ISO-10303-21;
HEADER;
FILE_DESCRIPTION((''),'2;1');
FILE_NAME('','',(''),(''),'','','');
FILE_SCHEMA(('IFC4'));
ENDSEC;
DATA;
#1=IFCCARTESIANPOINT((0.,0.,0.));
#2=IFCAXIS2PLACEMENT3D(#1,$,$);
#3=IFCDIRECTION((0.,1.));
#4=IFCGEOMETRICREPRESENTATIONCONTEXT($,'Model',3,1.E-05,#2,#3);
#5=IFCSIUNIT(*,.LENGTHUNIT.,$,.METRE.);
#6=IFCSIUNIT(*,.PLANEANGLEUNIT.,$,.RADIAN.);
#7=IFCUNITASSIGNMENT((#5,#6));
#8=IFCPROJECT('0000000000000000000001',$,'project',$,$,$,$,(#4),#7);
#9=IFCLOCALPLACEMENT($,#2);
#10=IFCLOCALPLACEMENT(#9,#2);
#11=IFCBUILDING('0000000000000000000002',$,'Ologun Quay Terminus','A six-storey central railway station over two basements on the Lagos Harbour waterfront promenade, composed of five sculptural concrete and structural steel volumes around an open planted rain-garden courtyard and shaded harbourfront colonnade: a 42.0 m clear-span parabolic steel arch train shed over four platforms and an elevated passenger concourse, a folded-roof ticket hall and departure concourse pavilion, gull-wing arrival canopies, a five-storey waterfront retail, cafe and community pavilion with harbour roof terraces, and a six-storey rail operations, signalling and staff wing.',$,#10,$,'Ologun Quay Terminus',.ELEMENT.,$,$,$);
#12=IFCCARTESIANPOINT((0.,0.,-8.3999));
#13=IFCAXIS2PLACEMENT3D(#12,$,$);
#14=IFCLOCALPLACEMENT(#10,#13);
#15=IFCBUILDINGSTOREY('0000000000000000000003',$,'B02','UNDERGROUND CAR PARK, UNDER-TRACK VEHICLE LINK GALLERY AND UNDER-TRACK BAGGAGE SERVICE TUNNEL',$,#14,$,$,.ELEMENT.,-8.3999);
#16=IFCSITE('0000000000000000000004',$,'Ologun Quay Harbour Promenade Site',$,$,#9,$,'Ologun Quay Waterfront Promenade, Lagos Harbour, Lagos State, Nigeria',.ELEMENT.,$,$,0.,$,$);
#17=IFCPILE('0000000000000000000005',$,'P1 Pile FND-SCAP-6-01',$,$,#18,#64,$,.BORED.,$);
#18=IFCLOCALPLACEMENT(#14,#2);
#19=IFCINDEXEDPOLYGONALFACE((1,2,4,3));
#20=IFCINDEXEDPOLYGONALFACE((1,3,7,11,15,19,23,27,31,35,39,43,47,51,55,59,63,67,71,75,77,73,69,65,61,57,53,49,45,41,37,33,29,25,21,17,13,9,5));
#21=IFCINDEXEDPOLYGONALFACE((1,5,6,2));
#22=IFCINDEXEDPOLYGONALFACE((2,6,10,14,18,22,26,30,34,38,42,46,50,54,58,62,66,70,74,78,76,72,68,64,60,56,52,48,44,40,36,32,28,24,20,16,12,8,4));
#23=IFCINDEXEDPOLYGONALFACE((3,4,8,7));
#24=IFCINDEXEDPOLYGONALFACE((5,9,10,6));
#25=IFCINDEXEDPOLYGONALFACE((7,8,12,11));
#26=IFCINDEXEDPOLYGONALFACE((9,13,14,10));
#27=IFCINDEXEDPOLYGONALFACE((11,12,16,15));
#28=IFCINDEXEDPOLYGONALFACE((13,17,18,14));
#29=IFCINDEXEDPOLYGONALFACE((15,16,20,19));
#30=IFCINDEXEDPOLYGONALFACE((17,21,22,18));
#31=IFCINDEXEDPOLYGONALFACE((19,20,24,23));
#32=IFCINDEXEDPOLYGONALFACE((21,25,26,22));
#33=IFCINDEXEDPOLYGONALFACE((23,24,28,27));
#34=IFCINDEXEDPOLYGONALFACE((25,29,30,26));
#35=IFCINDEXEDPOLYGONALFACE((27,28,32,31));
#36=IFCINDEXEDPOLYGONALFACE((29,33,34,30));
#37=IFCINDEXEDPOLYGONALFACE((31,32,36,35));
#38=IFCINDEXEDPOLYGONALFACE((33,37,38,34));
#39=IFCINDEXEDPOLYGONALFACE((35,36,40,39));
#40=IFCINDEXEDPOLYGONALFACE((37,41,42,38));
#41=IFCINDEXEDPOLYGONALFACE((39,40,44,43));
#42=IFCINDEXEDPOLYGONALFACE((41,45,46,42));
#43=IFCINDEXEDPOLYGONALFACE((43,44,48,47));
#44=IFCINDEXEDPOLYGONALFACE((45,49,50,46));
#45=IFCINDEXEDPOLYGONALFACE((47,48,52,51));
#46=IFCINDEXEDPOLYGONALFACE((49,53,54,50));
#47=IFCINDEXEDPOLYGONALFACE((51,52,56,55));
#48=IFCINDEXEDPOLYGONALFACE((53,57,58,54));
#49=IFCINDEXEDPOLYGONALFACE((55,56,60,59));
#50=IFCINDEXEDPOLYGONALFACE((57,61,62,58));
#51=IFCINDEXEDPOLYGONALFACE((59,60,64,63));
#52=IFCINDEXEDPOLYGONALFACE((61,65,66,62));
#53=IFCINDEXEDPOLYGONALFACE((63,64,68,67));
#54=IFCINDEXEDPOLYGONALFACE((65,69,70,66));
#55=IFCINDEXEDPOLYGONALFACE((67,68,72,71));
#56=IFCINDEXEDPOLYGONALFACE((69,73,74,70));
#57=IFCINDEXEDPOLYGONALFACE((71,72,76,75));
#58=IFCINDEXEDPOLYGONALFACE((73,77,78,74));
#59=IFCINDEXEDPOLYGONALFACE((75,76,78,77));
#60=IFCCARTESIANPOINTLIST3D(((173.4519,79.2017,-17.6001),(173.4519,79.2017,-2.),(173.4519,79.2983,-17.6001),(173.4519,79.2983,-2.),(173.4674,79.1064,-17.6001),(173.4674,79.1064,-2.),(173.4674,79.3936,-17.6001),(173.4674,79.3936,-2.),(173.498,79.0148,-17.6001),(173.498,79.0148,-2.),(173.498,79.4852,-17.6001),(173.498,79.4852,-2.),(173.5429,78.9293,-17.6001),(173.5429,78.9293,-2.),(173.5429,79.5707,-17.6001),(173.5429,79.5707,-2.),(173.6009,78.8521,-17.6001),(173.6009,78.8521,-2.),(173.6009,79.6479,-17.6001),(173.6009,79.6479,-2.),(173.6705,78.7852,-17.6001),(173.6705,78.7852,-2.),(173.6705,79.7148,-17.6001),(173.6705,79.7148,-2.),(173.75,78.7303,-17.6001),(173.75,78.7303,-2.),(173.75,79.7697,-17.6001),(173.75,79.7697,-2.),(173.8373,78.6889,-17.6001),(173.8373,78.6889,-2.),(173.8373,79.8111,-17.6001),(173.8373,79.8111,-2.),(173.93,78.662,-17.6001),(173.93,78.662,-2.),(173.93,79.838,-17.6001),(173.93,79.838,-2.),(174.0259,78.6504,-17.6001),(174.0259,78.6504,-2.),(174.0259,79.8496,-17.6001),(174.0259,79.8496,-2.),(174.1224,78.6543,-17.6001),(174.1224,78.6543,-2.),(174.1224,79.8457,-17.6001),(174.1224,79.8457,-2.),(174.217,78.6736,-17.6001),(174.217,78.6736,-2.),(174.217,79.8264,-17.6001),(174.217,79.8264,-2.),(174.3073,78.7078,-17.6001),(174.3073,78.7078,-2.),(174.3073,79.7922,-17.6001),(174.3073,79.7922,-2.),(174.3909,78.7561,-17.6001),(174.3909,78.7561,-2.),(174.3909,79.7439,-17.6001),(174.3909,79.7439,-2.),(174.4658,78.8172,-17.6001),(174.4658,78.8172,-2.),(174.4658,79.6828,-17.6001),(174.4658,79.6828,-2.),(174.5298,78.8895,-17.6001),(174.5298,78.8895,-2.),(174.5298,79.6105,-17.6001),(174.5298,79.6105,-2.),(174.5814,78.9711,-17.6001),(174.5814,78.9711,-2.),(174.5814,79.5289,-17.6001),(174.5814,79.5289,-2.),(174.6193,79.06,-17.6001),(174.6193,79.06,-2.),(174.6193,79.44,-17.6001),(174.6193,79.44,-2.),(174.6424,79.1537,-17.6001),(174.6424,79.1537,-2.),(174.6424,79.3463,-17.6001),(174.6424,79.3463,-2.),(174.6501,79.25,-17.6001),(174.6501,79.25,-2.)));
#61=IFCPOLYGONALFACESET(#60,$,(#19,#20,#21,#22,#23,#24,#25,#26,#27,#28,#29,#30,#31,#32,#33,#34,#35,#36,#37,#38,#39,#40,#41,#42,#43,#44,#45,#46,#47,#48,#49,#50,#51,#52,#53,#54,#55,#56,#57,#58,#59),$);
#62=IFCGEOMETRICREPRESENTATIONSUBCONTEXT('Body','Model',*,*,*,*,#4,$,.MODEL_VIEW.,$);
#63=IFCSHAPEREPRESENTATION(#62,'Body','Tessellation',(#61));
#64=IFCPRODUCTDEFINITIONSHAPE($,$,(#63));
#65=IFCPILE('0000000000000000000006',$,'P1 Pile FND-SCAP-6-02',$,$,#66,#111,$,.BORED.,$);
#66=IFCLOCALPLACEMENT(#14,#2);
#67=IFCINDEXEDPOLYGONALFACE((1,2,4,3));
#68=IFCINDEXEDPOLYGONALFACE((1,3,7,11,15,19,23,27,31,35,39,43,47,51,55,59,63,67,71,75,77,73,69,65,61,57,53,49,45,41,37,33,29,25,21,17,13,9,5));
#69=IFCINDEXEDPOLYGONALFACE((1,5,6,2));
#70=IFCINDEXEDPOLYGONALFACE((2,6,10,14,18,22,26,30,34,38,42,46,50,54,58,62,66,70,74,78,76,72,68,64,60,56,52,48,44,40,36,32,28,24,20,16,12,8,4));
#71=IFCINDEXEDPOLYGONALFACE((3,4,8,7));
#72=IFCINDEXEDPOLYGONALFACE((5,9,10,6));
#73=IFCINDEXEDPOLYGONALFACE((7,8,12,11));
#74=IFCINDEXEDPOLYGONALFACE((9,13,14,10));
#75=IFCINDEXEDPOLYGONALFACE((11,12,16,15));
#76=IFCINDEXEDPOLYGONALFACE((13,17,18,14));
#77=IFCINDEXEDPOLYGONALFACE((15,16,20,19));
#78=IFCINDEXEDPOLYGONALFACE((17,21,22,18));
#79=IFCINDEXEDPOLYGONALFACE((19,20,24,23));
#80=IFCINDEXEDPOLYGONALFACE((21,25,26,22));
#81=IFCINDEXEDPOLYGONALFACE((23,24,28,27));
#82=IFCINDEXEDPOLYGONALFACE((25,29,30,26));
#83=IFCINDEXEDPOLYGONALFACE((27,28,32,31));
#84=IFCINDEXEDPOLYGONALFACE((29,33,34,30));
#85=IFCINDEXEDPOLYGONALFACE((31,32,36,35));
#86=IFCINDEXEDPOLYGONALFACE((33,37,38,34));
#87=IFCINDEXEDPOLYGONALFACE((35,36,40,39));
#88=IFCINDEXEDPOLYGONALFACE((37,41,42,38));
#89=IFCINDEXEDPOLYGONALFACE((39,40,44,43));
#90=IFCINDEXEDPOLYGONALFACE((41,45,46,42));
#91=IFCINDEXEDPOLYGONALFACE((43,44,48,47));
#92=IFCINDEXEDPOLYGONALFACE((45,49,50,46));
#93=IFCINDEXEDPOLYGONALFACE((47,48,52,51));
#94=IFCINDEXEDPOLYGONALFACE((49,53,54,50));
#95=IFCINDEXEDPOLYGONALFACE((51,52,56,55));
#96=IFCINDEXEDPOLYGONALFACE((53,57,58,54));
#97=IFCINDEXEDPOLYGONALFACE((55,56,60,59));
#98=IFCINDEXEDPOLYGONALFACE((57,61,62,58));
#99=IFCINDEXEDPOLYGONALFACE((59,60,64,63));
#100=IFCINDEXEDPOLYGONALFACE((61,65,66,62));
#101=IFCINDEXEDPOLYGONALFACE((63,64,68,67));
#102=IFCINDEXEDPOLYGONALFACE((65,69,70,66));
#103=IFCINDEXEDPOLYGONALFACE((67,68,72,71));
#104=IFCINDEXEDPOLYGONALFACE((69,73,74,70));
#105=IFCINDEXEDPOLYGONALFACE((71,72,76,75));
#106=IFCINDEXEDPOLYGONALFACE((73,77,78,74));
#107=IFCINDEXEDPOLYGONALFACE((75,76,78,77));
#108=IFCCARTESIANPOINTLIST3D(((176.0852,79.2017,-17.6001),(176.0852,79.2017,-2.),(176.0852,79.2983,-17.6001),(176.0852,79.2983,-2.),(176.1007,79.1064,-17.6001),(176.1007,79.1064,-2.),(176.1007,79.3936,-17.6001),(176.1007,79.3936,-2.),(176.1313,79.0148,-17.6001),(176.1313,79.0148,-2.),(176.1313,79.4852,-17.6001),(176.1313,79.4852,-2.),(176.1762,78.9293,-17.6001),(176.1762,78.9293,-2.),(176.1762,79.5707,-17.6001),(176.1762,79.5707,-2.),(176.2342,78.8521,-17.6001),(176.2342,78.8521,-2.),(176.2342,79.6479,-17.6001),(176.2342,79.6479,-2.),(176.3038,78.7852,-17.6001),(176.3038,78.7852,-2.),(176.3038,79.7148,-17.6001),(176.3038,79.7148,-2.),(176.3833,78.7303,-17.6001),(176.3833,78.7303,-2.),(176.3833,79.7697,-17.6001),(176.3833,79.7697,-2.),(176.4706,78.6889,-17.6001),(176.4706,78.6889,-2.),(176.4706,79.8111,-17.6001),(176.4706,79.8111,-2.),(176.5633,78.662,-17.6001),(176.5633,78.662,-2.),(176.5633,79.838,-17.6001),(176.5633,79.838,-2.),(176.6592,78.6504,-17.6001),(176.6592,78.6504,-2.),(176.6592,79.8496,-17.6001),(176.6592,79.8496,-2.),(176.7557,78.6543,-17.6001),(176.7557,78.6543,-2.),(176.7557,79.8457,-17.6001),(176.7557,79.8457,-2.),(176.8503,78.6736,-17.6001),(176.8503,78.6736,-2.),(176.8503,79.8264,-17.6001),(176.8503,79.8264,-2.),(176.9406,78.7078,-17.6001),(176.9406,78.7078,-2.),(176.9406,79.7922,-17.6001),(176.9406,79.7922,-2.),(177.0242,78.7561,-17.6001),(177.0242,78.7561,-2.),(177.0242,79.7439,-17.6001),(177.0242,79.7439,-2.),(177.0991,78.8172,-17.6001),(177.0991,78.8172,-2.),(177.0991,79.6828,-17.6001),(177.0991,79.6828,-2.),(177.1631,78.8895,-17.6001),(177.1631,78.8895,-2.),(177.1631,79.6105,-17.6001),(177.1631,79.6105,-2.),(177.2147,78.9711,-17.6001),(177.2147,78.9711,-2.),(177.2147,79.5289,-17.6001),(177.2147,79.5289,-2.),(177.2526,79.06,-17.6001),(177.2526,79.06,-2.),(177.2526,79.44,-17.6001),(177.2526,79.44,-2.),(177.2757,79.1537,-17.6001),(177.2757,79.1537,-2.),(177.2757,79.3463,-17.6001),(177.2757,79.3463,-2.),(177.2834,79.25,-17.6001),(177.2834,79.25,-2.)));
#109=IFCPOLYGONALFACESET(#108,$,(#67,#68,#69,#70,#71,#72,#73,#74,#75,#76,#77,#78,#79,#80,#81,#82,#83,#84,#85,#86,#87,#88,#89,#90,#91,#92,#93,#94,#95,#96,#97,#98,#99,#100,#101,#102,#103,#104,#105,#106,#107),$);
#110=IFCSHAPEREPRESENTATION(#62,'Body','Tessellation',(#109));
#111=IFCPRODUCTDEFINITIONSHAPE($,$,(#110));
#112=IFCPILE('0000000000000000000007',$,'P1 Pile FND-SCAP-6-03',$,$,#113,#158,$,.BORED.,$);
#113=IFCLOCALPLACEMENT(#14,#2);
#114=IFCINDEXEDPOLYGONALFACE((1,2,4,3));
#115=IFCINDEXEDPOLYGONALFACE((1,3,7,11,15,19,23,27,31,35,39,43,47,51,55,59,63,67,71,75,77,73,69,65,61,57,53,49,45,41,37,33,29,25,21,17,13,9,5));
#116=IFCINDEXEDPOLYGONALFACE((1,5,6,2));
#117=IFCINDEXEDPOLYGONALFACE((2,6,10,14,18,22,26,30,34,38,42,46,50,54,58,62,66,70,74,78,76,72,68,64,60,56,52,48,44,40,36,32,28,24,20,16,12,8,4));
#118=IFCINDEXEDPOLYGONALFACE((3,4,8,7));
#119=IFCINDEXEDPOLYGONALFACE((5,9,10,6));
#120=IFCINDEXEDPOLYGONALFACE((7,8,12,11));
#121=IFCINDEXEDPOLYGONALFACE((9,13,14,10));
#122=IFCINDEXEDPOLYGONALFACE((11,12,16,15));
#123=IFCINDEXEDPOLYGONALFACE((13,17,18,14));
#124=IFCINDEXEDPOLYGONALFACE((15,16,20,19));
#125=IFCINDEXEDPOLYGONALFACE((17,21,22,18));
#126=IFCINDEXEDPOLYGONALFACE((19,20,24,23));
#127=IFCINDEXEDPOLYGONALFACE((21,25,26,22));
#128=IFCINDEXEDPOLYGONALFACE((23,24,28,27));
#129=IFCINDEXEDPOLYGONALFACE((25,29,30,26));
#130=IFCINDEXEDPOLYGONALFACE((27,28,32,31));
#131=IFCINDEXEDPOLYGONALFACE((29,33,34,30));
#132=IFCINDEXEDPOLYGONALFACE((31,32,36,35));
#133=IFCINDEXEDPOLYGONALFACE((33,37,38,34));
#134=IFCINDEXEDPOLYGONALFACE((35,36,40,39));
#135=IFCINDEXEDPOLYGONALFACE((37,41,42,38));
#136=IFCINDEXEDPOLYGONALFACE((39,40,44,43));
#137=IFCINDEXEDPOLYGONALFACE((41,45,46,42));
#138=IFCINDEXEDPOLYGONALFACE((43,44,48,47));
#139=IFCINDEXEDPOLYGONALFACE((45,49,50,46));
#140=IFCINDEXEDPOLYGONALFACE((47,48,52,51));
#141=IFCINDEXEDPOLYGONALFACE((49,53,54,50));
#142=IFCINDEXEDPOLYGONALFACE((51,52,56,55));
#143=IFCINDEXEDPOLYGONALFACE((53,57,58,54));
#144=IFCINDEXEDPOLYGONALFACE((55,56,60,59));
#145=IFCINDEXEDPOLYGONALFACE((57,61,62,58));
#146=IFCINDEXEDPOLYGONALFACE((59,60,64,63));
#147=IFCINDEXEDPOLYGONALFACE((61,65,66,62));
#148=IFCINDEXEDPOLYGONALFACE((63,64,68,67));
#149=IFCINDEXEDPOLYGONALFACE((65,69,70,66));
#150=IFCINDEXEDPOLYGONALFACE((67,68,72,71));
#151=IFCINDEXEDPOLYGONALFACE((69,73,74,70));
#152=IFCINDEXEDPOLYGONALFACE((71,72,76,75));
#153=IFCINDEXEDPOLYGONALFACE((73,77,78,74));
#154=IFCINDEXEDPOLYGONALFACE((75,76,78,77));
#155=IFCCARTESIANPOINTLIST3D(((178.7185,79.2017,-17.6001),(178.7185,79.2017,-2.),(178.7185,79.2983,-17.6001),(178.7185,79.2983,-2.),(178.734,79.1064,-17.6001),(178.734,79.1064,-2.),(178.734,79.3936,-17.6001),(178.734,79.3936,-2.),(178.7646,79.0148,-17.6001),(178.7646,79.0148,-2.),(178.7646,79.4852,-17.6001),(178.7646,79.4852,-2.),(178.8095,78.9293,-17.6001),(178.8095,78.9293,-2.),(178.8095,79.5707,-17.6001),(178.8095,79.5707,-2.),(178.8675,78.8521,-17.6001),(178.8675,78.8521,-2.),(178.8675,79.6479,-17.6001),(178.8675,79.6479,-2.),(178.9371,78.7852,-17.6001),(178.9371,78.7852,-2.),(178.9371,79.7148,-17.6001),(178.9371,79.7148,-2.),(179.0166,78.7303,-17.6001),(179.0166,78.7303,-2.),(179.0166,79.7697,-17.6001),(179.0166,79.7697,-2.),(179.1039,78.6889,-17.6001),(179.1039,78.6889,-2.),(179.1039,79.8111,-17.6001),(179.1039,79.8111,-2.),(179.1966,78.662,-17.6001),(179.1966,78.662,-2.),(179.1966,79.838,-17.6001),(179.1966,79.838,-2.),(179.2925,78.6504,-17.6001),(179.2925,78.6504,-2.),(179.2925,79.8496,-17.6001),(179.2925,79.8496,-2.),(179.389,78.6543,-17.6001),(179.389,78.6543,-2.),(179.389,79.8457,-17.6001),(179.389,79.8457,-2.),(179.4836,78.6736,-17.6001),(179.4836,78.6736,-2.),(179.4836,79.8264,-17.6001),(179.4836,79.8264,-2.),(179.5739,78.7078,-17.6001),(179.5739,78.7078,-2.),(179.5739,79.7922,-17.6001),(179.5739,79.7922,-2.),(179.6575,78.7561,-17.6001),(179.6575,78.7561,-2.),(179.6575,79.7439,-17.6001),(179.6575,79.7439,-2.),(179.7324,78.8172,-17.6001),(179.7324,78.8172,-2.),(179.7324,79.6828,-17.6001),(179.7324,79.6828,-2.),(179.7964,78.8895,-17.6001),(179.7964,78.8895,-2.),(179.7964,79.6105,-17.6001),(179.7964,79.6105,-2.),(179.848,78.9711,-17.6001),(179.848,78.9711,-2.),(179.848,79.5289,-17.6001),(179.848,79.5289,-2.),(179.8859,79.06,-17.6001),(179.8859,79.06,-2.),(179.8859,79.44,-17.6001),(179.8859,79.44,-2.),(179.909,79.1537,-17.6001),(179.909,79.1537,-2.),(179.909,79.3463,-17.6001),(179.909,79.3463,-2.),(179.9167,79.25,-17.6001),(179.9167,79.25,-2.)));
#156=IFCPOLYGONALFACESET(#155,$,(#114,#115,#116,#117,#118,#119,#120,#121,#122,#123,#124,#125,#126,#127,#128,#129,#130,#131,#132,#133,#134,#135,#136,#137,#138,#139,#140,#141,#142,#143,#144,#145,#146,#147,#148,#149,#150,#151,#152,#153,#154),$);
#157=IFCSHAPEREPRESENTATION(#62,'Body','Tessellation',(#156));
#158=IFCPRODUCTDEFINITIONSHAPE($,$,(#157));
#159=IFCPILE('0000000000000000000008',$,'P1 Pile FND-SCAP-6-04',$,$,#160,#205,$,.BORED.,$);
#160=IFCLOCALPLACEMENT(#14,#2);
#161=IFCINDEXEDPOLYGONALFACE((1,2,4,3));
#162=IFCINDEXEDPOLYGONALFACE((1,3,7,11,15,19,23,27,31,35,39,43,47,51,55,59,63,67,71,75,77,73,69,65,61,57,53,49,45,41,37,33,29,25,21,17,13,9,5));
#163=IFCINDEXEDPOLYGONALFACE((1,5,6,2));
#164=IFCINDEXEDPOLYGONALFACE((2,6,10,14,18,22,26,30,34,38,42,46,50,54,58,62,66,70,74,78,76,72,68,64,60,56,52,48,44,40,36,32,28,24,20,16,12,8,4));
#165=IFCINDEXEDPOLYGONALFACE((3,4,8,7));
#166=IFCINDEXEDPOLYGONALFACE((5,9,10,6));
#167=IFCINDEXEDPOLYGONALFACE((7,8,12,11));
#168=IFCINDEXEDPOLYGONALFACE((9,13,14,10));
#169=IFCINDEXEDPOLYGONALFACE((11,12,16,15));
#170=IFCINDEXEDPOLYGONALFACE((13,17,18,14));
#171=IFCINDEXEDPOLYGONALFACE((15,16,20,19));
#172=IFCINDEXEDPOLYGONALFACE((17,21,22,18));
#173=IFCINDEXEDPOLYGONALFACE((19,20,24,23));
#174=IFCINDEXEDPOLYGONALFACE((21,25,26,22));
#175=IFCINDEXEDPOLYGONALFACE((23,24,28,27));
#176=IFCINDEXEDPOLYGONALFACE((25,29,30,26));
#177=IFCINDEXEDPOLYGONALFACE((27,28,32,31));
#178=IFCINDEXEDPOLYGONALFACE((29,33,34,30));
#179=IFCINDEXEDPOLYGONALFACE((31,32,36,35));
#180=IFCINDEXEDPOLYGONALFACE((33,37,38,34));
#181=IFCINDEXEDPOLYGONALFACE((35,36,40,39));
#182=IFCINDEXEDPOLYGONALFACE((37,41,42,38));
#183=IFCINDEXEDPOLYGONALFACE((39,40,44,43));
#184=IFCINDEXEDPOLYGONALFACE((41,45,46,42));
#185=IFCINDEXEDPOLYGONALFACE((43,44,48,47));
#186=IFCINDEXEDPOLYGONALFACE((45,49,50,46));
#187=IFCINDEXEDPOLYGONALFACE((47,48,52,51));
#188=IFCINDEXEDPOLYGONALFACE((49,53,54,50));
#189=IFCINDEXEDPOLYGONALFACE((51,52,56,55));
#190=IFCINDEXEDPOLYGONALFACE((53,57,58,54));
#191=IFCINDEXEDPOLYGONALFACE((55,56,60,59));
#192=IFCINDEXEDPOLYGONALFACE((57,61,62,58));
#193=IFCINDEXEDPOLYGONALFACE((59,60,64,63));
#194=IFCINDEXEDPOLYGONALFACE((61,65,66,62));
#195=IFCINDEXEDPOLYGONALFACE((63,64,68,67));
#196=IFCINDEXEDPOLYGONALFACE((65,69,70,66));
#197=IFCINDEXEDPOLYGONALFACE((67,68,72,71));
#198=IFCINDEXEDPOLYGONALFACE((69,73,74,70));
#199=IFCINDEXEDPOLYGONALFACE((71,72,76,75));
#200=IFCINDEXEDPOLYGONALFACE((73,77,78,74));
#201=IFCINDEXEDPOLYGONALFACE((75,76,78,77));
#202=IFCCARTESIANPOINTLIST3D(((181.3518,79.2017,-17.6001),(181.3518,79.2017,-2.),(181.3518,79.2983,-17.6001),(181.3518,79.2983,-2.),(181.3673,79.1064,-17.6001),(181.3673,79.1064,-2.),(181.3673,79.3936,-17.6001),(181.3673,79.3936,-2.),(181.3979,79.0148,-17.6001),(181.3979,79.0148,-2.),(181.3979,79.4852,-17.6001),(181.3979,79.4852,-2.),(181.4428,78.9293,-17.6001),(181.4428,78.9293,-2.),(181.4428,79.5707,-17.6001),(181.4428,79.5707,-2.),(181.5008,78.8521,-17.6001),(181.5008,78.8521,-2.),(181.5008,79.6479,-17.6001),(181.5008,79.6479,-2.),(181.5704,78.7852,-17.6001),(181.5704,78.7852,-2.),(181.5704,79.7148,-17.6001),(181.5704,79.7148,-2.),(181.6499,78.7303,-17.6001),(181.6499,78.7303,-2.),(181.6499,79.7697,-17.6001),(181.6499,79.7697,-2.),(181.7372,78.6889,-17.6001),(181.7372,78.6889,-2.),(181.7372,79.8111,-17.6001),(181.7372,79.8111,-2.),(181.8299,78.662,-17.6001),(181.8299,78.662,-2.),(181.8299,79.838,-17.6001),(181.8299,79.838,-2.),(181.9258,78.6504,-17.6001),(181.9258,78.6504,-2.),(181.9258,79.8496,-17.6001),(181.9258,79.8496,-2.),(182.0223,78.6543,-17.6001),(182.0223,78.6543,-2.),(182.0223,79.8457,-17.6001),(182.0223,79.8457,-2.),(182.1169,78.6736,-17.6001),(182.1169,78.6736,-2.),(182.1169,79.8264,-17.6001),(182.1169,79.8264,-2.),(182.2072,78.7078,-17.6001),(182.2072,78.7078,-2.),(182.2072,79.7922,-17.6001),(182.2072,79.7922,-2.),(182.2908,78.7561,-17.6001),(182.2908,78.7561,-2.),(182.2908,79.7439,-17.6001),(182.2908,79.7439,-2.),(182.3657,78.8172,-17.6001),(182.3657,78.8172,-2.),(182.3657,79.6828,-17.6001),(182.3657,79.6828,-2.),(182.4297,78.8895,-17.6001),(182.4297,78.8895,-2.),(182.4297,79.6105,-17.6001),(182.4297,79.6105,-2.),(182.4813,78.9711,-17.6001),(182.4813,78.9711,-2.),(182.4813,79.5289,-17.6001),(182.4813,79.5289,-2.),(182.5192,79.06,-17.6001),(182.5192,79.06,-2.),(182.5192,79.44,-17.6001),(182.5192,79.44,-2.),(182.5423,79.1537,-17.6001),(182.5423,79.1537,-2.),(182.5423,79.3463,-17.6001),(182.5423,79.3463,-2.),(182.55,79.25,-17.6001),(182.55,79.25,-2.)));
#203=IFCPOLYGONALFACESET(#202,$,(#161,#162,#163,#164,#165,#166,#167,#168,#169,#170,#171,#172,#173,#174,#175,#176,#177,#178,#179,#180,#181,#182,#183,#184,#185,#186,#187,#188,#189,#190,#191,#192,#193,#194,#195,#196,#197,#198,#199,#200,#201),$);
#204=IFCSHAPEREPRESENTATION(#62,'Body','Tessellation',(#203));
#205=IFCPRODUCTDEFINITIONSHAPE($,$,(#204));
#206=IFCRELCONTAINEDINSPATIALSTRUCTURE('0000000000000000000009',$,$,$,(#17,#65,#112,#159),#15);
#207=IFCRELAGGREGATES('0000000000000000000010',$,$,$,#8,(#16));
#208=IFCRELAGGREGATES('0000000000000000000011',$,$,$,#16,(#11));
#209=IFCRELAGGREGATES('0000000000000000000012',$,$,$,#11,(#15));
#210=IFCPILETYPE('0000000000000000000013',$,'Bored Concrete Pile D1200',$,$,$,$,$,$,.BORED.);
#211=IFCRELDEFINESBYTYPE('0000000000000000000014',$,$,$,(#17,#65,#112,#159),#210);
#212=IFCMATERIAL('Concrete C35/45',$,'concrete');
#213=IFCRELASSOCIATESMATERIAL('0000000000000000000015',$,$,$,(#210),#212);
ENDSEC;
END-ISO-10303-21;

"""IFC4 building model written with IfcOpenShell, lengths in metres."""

from ifc_helpers import new_model, si_unit, direction, frame, origin, origin_2d, place, context, subcontext, project, spatial, circle, extrude, material, material_profile, profile_set, type_object, element, save


model = new_model("IFC4")

# Units and contexts
model_context = context("Model", 3, precision=1e-05, world=origin(), true_north=direction((0.0, 1.0)))
body_context = subcontext(model_context, "Body", "Model", "MODEL_VIEW")
ifc_project = project(units=[si_unit("LENGTHUNIT", "METRE"), si_unit("PLANEANGLEUNIT", "RADIAN")], contexts=[model_context])

# Site, building, storey
site_placement = place(None, origin())
site = spatial("IfcSite", under=ifc_project, at=site_placement, Name="Ologun Quay Harbour Promenade Site", LongName="Ologun Quay Waterfront Promenade, Lagos Harbour, Lagos State, Nigeria", CompositionType="ELEMENT", RefElevation=0.0)
building_placement = place(site_placement, origin())
building = spatial("IfcBuilding", under=site, at=building_placement, Name="Ologun Quay Terminus", Description="A six-storey central railway station over two basements on the Lagos Harbour waterfront promenade, composed of five sculptural concrete and structural steel volumes around an open planted rain-garden courtyard and shaded harbourfront colonnade: a 42.0 m clear-span parabolic steel arch train shed over four platforms and an elevated passenger concourse, a folded-roof ticket hall and departure concourse pavilion, gull-wing arrival canopies, a five-storey waterfront retail, cafe and community pavilion with harbour roof terraces, and a six-storey rail operations, signalling and staff wing.", LongName="Ologun Quay Terminus", CompositionType="ELEMENT")
storey_placement = place(building_placement, frame((0.0, 0.0, -8.3999)))
storey = spatial("IfcBuildingStorey", under=building, at=storey_placement, Name="B02", Description="UNDERGROUND CAR PARK, UNDER-TRACK VEHICLE LINK GALLERY AND UNDER-TRACK BAGGAGE SERVICE TUNNEL", CompositionType="ELEMENT", Elevation=-8.3999)

# Piles
ifc_material_1 = material(Name="Concrete C35/45", Category="concrete")
ifc_material_profile_1 = material_profile(ifc_material_1, circle(Radius=0.6001, at=origin_2d()), Name="PILE D1200")
ifc_profile_set_1 = profile_set([ifc_material_profile_1], Name="Concrete C35/45")
pile_type_1 = type_object("IfcPileType", Name="Bored Concrete Pile D1200", PredefinedType="BORED", material=ifc_profile_set_1)
for number, where, z_axis, x_axis, name in (
    (1, (174.05, 79.25, -2.0), (0.0, 0.0, -1.0), (1.0, 0.0, 0.0), "P1 Pile FND-SCAP-6-01"),
    (2, (176.6833, 79.25, -2.0), (0.0, 0.0, -1.0), (1.0, 0.0, 0.0), "P1 Pile FND-SCAP-6-02"),
    (3, (179.3167, 79.25, -2.0), (0.0, 0.0, -1.0), (1.0, 0.0, 0.0), "P1 Pile FND-SCAP-6-03"),
    (4, (181.95, 79.25, -2.0), (0.0, 0.0, -1.0), (1.0, 0.0, 0.0), "P1 Pile FND-SCAP-6-04"),
):
    element("IfcPile", number, at=place(storey_placement, frame(where, z_axis=z_axis, x_axis=x_axis)), inside=storey, type_object=pile_type_1, Name=name, PredefinedType="BORED", context=body_context, shape_type="SweptSolid", body=[
        extrude(circle(Radius=0.6001, at=origin_2d()), origin(), (0.0, 0.0, 1.0), 15.6001),
    ])

save(model, "model.ifc")
